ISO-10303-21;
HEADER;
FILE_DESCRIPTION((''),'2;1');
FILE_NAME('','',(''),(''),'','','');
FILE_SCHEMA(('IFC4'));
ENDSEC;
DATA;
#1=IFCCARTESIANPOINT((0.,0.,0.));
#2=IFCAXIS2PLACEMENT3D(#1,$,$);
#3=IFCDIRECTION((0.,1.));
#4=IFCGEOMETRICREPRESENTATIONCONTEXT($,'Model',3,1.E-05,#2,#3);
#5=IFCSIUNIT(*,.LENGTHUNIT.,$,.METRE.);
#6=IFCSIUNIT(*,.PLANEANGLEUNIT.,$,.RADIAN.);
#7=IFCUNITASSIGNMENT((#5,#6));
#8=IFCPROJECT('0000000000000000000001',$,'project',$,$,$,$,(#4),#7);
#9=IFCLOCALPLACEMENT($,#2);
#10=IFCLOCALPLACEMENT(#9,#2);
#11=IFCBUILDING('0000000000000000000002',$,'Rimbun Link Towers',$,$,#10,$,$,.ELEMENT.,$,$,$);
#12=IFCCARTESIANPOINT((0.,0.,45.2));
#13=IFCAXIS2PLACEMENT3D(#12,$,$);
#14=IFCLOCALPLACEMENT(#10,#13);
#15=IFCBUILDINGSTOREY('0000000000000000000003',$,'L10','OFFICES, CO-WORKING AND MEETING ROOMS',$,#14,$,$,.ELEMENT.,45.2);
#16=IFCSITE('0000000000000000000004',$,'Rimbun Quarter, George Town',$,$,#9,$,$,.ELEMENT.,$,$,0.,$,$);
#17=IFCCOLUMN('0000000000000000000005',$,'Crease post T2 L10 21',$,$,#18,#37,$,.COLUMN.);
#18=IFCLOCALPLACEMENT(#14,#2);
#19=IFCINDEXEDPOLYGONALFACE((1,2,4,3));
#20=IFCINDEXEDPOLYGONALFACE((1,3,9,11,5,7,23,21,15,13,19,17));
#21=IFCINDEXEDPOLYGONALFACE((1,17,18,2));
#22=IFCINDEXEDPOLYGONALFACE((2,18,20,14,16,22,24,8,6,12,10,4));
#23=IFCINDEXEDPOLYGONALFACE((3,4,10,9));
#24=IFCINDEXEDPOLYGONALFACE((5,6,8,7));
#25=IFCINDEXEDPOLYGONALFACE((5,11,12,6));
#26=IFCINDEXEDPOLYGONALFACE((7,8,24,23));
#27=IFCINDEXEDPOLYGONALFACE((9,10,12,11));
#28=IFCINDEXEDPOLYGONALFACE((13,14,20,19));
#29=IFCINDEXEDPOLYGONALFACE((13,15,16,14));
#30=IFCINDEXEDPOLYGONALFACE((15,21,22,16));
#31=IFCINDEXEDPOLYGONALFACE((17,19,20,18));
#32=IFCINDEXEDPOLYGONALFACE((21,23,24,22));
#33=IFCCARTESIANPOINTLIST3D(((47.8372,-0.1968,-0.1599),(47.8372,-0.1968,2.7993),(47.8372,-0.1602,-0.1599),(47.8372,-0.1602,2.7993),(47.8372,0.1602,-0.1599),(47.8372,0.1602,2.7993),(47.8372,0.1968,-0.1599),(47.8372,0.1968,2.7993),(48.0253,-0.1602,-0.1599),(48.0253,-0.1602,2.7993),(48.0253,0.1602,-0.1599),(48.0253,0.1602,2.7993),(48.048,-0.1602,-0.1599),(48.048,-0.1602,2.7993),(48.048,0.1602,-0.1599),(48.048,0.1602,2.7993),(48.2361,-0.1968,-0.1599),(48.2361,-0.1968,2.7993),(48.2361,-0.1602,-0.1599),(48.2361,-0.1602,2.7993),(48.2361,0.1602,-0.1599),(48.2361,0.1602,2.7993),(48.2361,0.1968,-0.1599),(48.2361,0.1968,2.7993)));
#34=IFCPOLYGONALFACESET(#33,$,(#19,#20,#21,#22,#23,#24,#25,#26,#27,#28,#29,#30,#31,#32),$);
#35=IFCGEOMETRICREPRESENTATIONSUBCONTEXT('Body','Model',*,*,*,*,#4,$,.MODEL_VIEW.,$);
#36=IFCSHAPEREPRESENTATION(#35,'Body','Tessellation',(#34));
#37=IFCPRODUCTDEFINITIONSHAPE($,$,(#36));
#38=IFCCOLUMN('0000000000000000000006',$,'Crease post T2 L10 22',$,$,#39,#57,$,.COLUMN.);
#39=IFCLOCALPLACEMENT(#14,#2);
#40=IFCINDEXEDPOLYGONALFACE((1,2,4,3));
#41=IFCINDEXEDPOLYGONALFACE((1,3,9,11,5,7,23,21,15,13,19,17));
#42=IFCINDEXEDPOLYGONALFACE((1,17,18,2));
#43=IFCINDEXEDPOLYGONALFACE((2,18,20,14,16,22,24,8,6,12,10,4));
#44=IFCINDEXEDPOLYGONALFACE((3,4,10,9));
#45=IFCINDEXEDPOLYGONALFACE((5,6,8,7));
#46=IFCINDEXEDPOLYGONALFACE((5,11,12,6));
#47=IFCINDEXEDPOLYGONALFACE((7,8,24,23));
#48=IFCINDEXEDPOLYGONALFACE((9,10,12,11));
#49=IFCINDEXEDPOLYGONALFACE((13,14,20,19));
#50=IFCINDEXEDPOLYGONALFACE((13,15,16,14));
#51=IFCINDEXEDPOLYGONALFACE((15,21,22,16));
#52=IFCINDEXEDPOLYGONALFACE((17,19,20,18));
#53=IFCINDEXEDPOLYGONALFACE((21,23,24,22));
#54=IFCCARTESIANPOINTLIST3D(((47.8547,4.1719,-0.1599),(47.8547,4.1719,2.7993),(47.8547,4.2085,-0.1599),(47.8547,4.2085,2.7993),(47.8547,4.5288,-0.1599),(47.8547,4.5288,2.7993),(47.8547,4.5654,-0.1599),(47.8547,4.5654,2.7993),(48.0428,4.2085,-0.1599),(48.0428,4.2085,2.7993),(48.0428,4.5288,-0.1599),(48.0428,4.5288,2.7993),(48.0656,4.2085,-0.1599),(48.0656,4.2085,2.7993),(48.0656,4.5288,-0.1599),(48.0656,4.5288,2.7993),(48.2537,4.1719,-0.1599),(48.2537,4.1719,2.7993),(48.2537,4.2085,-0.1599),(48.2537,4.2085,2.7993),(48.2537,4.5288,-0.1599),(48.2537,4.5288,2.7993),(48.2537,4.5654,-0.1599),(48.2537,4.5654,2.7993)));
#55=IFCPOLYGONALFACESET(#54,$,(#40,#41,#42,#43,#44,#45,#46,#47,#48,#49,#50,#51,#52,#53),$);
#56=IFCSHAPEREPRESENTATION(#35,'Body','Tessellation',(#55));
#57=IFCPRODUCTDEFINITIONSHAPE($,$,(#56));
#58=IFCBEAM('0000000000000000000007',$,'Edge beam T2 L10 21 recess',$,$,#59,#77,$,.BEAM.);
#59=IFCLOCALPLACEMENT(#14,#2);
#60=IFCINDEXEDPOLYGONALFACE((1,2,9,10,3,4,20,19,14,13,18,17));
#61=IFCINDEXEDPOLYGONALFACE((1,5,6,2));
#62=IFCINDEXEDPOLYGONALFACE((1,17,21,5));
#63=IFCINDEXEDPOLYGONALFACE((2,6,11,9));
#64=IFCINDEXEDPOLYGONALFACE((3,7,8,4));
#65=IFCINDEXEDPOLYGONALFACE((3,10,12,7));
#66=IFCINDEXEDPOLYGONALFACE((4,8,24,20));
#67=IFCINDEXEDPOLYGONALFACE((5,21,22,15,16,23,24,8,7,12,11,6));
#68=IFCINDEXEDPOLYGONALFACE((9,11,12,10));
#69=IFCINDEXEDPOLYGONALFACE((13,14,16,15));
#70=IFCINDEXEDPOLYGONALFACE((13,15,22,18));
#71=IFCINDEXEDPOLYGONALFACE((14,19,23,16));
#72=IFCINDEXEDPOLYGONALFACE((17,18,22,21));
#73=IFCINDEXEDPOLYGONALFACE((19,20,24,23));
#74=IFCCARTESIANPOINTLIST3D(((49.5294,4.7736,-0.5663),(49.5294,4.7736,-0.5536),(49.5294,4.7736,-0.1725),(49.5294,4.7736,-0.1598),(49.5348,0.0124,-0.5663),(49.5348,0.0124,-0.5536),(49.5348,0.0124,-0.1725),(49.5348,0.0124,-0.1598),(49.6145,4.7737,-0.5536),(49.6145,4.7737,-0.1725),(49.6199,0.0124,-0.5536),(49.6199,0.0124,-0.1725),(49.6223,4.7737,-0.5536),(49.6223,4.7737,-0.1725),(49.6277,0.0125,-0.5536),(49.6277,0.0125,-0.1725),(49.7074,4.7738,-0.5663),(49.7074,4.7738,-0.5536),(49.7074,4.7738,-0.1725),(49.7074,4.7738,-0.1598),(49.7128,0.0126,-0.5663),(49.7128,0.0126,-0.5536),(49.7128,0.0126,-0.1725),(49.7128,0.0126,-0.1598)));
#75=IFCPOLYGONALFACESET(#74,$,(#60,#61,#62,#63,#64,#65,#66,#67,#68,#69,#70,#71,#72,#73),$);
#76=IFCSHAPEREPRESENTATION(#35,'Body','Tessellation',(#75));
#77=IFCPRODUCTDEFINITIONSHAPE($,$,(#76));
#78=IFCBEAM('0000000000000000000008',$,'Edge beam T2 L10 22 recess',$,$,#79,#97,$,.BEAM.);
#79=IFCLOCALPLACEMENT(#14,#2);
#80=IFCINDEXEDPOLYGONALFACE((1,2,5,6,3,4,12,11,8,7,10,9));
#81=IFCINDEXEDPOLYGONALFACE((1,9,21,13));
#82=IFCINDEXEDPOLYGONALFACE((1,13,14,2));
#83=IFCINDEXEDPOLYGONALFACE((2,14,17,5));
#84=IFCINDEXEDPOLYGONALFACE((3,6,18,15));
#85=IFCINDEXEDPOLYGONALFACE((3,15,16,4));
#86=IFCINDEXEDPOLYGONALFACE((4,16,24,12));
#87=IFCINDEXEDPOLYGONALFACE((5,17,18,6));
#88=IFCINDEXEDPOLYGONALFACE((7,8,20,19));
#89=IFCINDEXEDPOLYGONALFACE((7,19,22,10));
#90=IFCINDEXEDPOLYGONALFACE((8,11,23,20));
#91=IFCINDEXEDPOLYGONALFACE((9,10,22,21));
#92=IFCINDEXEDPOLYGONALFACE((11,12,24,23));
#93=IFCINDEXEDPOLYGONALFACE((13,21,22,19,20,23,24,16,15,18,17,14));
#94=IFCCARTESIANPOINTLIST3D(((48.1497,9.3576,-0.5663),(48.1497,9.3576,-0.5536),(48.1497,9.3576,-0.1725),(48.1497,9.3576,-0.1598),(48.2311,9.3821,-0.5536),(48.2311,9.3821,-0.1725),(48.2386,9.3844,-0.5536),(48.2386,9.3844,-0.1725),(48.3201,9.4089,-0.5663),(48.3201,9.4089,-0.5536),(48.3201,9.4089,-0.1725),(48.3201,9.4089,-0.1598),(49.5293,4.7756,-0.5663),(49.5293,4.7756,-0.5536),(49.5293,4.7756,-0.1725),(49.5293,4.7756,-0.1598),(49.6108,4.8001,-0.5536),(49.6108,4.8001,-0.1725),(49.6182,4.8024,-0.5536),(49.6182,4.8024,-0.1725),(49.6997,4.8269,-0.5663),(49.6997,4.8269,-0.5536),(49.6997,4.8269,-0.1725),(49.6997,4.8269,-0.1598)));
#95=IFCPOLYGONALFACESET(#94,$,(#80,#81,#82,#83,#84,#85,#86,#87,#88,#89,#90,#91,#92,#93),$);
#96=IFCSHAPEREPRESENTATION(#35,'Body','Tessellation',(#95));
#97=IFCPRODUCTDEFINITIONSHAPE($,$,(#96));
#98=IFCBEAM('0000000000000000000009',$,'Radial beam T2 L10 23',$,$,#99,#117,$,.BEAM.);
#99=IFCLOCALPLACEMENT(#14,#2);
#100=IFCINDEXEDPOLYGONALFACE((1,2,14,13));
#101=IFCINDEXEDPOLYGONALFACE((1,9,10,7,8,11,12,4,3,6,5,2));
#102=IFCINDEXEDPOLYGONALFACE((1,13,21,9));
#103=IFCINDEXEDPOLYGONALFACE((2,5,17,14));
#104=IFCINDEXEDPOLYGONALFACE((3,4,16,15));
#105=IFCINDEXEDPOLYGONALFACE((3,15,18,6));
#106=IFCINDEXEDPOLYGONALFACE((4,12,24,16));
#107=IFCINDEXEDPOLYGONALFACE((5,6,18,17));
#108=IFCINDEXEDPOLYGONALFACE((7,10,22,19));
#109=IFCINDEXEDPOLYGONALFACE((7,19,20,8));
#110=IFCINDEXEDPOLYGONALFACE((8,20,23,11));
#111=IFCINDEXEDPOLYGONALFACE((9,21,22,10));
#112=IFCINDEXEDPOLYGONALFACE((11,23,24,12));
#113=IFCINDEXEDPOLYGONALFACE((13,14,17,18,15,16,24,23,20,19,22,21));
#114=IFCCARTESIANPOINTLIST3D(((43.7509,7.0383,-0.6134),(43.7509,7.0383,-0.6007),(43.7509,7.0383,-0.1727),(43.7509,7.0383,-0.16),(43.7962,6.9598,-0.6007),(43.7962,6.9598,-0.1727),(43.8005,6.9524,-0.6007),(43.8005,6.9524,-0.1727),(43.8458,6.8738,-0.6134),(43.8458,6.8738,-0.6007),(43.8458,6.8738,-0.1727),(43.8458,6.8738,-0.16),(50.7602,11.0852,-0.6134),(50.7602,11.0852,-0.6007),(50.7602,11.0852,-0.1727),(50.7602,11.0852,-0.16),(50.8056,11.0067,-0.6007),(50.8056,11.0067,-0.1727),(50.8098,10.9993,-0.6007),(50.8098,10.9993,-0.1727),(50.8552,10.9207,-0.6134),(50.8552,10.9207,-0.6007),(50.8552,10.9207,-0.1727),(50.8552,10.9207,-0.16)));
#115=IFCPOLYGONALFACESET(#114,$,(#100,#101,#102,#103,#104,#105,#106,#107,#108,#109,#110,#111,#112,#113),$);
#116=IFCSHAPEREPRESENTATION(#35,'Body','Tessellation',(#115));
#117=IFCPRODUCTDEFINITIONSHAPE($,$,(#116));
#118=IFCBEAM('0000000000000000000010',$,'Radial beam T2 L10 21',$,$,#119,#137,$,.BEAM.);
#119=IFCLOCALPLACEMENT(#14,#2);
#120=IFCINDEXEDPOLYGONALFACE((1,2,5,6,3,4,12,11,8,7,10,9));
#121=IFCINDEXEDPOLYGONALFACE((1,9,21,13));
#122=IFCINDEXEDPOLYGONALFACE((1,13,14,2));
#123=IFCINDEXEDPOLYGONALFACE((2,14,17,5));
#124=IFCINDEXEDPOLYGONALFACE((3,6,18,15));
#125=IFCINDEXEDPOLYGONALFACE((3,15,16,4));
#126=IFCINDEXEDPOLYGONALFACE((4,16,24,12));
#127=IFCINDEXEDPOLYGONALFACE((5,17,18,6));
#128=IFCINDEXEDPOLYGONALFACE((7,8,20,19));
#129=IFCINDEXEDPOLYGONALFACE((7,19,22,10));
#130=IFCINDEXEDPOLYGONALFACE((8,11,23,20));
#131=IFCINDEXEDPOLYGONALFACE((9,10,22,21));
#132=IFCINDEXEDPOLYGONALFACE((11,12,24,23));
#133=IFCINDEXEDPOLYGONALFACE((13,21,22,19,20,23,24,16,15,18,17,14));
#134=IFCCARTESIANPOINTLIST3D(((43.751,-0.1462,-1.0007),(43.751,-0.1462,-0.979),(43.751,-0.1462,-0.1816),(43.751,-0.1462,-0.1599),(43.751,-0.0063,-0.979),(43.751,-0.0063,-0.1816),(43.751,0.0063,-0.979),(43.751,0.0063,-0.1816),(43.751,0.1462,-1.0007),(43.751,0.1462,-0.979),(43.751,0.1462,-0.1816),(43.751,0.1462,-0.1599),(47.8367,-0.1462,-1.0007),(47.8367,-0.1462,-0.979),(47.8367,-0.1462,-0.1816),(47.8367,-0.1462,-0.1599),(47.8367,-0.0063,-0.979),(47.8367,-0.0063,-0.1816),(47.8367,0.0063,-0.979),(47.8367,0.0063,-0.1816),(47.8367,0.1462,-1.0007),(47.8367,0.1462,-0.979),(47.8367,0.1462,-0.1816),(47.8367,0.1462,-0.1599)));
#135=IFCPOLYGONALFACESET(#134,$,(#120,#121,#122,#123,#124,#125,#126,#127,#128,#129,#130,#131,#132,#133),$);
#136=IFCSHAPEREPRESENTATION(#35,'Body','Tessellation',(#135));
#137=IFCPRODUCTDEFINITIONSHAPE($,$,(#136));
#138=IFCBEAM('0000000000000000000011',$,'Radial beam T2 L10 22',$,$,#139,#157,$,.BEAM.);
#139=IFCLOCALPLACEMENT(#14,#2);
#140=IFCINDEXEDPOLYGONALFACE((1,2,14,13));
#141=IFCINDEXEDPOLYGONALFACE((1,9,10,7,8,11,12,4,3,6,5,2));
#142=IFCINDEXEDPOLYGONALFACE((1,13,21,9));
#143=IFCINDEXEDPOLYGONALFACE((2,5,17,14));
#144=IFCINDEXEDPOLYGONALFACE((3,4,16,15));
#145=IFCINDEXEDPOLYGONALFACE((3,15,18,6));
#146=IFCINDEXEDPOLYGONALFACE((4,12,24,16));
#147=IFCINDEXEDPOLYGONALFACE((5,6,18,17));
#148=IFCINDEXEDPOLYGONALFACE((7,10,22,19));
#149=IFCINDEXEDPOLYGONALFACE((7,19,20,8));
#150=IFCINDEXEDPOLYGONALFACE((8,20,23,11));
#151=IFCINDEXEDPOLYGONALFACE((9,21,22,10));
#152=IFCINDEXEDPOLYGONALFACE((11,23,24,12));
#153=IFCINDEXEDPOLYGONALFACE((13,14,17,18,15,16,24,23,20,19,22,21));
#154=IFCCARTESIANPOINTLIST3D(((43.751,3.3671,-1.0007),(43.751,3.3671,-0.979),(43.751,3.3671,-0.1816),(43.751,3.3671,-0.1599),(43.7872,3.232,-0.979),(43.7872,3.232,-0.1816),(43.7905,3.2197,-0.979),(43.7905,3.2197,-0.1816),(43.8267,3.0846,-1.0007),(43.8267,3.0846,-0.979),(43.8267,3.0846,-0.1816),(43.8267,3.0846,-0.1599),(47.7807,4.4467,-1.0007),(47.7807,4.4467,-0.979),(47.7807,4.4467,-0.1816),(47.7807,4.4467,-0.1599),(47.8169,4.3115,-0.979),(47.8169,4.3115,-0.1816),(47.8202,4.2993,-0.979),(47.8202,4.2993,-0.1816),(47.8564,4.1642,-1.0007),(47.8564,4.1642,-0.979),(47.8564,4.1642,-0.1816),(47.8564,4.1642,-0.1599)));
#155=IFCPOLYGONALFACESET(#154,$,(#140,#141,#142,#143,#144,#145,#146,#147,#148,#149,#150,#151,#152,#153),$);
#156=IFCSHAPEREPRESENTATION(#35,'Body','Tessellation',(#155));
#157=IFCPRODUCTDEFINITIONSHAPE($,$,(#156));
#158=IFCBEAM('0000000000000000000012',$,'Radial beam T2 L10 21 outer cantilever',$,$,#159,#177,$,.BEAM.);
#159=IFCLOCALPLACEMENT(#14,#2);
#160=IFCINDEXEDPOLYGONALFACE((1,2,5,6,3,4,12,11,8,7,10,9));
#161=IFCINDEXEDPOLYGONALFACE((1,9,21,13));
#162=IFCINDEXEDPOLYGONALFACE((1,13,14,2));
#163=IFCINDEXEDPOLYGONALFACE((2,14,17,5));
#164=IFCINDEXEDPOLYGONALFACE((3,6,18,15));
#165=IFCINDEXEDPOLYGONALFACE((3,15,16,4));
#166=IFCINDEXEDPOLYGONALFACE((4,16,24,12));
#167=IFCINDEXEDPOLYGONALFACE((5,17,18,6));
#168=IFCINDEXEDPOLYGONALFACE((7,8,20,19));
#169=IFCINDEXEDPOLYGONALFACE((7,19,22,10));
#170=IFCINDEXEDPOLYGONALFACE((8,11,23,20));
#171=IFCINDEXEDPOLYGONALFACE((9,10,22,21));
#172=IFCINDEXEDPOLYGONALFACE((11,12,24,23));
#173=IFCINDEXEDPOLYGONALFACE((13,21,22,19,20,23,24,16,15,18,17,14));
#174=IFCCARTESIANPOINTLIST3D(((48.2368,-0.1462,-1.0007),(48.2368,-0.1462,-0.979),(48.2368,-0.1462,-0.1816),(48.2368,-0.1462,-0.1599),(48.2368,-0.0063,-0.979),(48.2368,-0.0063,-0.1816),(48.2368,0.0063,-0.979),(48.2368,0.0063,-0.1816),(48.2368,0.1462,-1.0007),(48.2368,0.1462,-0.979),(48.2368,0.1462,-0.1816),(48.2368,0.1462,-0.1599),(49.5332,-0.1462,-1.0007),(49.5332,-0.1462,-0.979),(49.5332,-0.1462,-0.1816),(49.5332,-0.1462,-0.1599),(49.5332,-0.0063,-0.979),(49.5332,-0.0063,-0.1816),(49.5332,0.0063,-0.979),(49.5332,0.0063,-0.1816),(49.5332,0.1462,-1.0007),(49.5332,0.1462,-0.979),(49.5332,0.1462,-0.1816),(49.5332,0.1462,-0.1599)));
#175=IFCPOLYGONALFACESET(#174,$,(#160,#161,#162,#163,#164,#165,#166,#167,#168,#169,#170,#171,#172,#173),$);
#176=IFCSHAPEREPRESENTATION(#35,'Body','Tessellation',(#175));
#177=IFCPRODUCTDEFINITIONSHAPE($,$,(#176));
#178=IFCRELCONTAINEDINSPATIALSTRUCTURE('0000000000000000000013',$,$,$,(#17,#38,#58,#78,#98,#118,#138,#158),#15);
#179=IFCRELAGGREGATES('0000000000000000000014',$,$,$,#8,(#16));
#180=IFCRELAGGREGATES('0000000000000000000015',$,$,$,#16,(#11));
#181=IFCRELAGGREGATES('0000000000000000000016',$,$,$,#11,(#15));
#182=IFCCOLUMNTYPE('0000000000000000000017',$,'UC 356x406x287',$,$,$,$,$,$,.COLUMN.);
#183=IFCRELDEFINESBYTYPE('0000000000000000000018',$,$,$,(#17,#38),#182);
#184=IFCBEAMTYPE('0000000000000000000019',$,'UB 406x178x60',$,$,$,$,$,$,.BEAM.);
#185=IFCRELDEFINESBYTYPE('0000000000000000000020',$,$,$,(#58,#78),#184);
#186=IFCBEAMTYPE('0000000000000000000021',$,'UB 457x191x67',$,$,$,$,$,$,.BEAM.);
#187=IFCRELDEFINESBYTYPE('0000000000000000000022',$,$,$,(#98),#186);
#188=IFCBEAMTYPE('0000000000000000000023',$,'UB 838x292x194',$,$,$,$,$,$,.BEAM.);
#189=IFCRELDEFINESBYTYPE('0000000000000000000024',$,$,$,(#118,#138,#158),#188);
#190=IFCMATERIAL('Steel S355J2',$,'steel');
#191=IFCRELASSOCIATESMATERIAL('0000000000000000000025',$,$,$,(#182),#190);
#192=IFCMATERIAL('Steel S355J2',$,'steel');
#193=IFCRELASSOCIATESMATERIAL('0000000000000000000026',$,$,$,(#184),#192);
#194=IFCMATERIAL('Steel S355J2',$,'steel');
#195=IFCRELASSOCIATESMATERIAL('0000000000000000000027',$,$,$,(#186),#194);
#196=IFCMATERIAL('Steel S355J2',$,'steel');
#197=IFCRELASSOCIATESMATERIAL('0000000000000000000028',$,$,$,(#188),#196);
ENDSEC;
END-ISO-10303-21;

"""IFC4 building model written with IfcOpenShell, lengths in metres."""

from ifc_helpers import new_model, si_unit, direction, frame, origin, origin_2d, place, context, subcontext, project, spatial, i_section, extrude, material, material_profile, profile_set, type_object, element, save


model = new_model("IFC4")

# Units and contexts
model_context = context("Model", 3, precision=1e-05, world=origin(), true_north=direction((0.0, 1.0)))
body_context = subcontext(model_context, "Body", "Model", "MODEL_VIEW")
ifc_project = project(units=[si_unit("LENGTHUNIT", "METRE"), si_unit("PLANEANGLEUNIT", "RADIAN")], contexts=[model_context])

# Site, building, storey
site_placement = place(None, origin())
site = spatial("IfcSite", under=ifc_project, at=site_placement, Name="Rimbun Quarter, George Town", CompositionType="ELEMENT", RefElevation=0.0)
building_placement = place(site_placement, origin())
building = spatial("IfcBuilding", under=site, at=building_placement, Name="Rimbun Link Towers", CompositionType="ELEMENT")
storey_placement = place(building_placement, frame((0.0, 0.0, 45.2)))
storey = spatial("IfcBuildingStorey", under=building, at=storey_placement, Name="L10", Description="OFFICES, CO-WORKING AND MEETING ROOMS", CompositionType="ELEMENT", Elevation=45.2)

# Columns
ifc_material_1 = material(Name="Steel S355J2", Category="steel")
ifc_material_profile_1 = material_profile(ifc_material_1, i_section(OverallWidth=0.3989, OverallDepth=0.3936, WebThickness=0.0227, FlangeThickness=0.0366, at=origin_2d()), Name="UC 356x406x287")
ifc_profile_set_1 = profile_set([ifc_material_profile_1], Name="Steel S355J2")
column_type = type_object("IfcColumnType", Name="UC 356x406x287", PredefinedType="COLUMN", material=ifc_profile_set_1)
for number, where, z_axis, x_axis, name in (
    (1, (48.0366, 0.0, -0.1599), (0.0, 0.0, 1.0), (1.0, 0.0, 0.0), "Crease post T2 L10 21"),
    (2, (48.0542, 4.3687, -0.1599), (0.0, 0.0, 1.0), (1.0, 0.0, 0.0), "Crease post T2 L10 22"),
):
    element("IfcColumn", number, at=place(storey_placement, frame(where, z_axis=z_axis, x_axis=x_axis)), inside=storey, type_object=column_type, Name=name, PredefinedType="COLUMN", context=body_context, shape_type="SweptSolid", body=[
        extrude(i_section(OverallWidth=0.3989, OverallDepth=0.3936, WebThickness=0.0227, FlangeThickness=0.0366, at=origin_2d()), origin(), (0.0, 0.0, 1.0), 2.9592),
    ])

# Beams
ifc_material_2 = material(Name="Steel S355J2", Category="steel")
ifc_material_profile_2 = material_profile(ifc_material_2, i_section(OverallWidth=0.178, OverallDepth=0.4065, WebThickness=0.0078, FlangeThickness=0.0127, at=origin_2d()), Name="UB 406x178x60")
ifc_profile_set_2 = profile_set([ifc_material_profile_2], Name="Steel S355J2")
beam_type_1 = type_object("IfcBeamType", Name="UB 406x178x60", PredefinedType="BEAM", material=ifc_profile_set_2)
beam_1_placement = place(storey_placement, frame((49.6238, 0.0125, -0.363), z_axis=(-0.001128, 0.999999, 0.0), x_axis=(-0.999999, -0.001128, 0.0)))
element("IfcBeam", 3, at=beam_1_placement, inside=storey, type_object=beam_type_1, Name="Edge beam T2 L10 21 recess", PredefinedType="BEAM", context=body_context, shape_type="SweptSolid", body=[
    extrude(i_section(OverallWidth=0.178, OverallDepth=0.4065, WebThickness=0.0078, FlangeThickness=0.0127, at=origin_2d()), origin(), (0.0, 0.0, 1.0), 4.7612),
])
beam_2_placement = place(storey_placement, frame((49.6145, 4.8013, -0.363), z_axis=(-0.288312, 0.957537, 0.0), x_axis=(-0.957537, -0.288312, 0.0)))
element("IfcBeam", 4, at=beam_2_placement, inside=storey, type_object=beam_type_1, Name="Edge beam T2 L10 22 recess", PredefinedType="BEAM", context=body_context, shape_type="SweptSolid", body=[
    extrude(i_section(OverallWidth=0.178, OverallDepth=0.4065, WebThickness=0.0078, FlangeThickness=0.0127, at=origin_2d()), origin(), (0.0, 0.0, 1.0), 4.7852),
])
ifc_material_3 = material(Name="Steel S355J2", Category="steel")
ifc_material_profile_3 = material_profile(ifc_material_3, i_section(OverallWidth=0.1899, OverallDepth=0.4534, WebThickness=0.0085, FlangeThickness=0.0127, at=origin_2d()), Name="UB 457x191x67")
ifc_profile_set_3 = profile_set([ifc_material_profile_3], Name="Steel S355J2")
beam_type_2 = type_object("IfcBeamType", Name="UB 457x191x67", PredefinedType="BEAM", material=ifc_profile_set_3)
beam_3_placement = place(storey_placement, frame((43.7983, 6.9561, -0.3867), z_axis=(0.866022, 0.500006, 0.0), x_axis=(-0.500006, 0.866022, 0.0)))
element("IfcBeam", 5, at=beam_3_placement, inside=storey, type_object=beam_type_2, Name="Radial beam T2 L10 23", PredefinedType="BEAM", context=body_context, shape_type="SweptSolid", body=[
    extrude(i_section(OverallWidth=0.1899, OverallDepth=0.4534, WebThickness=0.0085, FlangeThickness=0.0127, at=origin_2d()), origin(), (0.0, 0.0, 1.0), 8.0938),
])
ifc_material_4 = material(Name="Steel S355J2", Category="steel")
ifc_material_profile_4 = material_profile(ifc_material_4, i_section(OverallWidth=0.2925, OverallDepth=0.8408, WebThickness=0.0127, FlangeThickness=0.0217, at=origin_2d()), Name="UB 838x292x194")
ifc_profile_set_4 = profile_set([ifc_material_profile_4], Name="Steel S355J2")
beam_type_3 = type_object("IfcBeamType", Name="UB 838x292x194", PredefinedType="BEAM", material=ifc_profile_set_4)
beam_4_placement = place(storey_placement, frame((43.751, 0.0, -0.5803), z_axis=(1.0, 0.0, 0.0), x_axis=(0.0, 1.0, 0.0)))
element("IfcBeam", 6, at=beam_4_placement, inside=storey, type_object=beam_type_3, Name="Radial beam T2 L10 21", PredefinedType="BEAM", context=body_context, shape_type="SweptSolid", body=[
    extrude(i_section(OverallWidth=0.2925, OverallDepth=0.8408, WebThickness=0.0127, FlangeThickness=0.0217, at=origin_2d()), origin(), (0.0, 0.0, 1.0), 4.0857),
])
beam_5_placement = place(storey_placement, frame((43.7888, 3.2258, -0.5803), z_axis=(0.965937, 0.258777, 0.0), x_axis=(-0.258777, 0.965937, 0.0)))
element("IfcBeam", 7, at=beam_5_placement, inside=storey, type_object=beam_type_3, Name="Radial beam T2 L10 22", PredefinedType="BEAM", context=body_context, shape_type="SweptSolid", body=[
    extrude(i_section(OverallWidth=0.2925, OverallDepth=0.8408, WebThickness=0.0127, FlangeThickness=0.0217, at=origin_2d()), origin(), (0.0, 0.0, 1.0), 4.1719),
])
beam_6_placement = place(storey_placement, frame((48.2368, 0.0, -0.5803), z_axis=(1.0, 0.0, 0.0), x_axis=(0.0, 1.0, 0.0)))
element("IfcBeam", 8, at=beam_6_placement, inside=storey, type_object=beam_type_3, Name="Radial beam T2 L10 21 outer cantilever", PredefinedType="BEAM", context=body_context, shape_type="SweptSolid", body=[
    extrude(i_section(OverallWidth=0.2925, OverallDepth=0.8408, WebThickness=0.0127, FlangeThickness=0.0217, at=origin_2d()), origin(), (0.0, 0.0, 1.0), 1.2964),
])

save(model, "model.ifc")
